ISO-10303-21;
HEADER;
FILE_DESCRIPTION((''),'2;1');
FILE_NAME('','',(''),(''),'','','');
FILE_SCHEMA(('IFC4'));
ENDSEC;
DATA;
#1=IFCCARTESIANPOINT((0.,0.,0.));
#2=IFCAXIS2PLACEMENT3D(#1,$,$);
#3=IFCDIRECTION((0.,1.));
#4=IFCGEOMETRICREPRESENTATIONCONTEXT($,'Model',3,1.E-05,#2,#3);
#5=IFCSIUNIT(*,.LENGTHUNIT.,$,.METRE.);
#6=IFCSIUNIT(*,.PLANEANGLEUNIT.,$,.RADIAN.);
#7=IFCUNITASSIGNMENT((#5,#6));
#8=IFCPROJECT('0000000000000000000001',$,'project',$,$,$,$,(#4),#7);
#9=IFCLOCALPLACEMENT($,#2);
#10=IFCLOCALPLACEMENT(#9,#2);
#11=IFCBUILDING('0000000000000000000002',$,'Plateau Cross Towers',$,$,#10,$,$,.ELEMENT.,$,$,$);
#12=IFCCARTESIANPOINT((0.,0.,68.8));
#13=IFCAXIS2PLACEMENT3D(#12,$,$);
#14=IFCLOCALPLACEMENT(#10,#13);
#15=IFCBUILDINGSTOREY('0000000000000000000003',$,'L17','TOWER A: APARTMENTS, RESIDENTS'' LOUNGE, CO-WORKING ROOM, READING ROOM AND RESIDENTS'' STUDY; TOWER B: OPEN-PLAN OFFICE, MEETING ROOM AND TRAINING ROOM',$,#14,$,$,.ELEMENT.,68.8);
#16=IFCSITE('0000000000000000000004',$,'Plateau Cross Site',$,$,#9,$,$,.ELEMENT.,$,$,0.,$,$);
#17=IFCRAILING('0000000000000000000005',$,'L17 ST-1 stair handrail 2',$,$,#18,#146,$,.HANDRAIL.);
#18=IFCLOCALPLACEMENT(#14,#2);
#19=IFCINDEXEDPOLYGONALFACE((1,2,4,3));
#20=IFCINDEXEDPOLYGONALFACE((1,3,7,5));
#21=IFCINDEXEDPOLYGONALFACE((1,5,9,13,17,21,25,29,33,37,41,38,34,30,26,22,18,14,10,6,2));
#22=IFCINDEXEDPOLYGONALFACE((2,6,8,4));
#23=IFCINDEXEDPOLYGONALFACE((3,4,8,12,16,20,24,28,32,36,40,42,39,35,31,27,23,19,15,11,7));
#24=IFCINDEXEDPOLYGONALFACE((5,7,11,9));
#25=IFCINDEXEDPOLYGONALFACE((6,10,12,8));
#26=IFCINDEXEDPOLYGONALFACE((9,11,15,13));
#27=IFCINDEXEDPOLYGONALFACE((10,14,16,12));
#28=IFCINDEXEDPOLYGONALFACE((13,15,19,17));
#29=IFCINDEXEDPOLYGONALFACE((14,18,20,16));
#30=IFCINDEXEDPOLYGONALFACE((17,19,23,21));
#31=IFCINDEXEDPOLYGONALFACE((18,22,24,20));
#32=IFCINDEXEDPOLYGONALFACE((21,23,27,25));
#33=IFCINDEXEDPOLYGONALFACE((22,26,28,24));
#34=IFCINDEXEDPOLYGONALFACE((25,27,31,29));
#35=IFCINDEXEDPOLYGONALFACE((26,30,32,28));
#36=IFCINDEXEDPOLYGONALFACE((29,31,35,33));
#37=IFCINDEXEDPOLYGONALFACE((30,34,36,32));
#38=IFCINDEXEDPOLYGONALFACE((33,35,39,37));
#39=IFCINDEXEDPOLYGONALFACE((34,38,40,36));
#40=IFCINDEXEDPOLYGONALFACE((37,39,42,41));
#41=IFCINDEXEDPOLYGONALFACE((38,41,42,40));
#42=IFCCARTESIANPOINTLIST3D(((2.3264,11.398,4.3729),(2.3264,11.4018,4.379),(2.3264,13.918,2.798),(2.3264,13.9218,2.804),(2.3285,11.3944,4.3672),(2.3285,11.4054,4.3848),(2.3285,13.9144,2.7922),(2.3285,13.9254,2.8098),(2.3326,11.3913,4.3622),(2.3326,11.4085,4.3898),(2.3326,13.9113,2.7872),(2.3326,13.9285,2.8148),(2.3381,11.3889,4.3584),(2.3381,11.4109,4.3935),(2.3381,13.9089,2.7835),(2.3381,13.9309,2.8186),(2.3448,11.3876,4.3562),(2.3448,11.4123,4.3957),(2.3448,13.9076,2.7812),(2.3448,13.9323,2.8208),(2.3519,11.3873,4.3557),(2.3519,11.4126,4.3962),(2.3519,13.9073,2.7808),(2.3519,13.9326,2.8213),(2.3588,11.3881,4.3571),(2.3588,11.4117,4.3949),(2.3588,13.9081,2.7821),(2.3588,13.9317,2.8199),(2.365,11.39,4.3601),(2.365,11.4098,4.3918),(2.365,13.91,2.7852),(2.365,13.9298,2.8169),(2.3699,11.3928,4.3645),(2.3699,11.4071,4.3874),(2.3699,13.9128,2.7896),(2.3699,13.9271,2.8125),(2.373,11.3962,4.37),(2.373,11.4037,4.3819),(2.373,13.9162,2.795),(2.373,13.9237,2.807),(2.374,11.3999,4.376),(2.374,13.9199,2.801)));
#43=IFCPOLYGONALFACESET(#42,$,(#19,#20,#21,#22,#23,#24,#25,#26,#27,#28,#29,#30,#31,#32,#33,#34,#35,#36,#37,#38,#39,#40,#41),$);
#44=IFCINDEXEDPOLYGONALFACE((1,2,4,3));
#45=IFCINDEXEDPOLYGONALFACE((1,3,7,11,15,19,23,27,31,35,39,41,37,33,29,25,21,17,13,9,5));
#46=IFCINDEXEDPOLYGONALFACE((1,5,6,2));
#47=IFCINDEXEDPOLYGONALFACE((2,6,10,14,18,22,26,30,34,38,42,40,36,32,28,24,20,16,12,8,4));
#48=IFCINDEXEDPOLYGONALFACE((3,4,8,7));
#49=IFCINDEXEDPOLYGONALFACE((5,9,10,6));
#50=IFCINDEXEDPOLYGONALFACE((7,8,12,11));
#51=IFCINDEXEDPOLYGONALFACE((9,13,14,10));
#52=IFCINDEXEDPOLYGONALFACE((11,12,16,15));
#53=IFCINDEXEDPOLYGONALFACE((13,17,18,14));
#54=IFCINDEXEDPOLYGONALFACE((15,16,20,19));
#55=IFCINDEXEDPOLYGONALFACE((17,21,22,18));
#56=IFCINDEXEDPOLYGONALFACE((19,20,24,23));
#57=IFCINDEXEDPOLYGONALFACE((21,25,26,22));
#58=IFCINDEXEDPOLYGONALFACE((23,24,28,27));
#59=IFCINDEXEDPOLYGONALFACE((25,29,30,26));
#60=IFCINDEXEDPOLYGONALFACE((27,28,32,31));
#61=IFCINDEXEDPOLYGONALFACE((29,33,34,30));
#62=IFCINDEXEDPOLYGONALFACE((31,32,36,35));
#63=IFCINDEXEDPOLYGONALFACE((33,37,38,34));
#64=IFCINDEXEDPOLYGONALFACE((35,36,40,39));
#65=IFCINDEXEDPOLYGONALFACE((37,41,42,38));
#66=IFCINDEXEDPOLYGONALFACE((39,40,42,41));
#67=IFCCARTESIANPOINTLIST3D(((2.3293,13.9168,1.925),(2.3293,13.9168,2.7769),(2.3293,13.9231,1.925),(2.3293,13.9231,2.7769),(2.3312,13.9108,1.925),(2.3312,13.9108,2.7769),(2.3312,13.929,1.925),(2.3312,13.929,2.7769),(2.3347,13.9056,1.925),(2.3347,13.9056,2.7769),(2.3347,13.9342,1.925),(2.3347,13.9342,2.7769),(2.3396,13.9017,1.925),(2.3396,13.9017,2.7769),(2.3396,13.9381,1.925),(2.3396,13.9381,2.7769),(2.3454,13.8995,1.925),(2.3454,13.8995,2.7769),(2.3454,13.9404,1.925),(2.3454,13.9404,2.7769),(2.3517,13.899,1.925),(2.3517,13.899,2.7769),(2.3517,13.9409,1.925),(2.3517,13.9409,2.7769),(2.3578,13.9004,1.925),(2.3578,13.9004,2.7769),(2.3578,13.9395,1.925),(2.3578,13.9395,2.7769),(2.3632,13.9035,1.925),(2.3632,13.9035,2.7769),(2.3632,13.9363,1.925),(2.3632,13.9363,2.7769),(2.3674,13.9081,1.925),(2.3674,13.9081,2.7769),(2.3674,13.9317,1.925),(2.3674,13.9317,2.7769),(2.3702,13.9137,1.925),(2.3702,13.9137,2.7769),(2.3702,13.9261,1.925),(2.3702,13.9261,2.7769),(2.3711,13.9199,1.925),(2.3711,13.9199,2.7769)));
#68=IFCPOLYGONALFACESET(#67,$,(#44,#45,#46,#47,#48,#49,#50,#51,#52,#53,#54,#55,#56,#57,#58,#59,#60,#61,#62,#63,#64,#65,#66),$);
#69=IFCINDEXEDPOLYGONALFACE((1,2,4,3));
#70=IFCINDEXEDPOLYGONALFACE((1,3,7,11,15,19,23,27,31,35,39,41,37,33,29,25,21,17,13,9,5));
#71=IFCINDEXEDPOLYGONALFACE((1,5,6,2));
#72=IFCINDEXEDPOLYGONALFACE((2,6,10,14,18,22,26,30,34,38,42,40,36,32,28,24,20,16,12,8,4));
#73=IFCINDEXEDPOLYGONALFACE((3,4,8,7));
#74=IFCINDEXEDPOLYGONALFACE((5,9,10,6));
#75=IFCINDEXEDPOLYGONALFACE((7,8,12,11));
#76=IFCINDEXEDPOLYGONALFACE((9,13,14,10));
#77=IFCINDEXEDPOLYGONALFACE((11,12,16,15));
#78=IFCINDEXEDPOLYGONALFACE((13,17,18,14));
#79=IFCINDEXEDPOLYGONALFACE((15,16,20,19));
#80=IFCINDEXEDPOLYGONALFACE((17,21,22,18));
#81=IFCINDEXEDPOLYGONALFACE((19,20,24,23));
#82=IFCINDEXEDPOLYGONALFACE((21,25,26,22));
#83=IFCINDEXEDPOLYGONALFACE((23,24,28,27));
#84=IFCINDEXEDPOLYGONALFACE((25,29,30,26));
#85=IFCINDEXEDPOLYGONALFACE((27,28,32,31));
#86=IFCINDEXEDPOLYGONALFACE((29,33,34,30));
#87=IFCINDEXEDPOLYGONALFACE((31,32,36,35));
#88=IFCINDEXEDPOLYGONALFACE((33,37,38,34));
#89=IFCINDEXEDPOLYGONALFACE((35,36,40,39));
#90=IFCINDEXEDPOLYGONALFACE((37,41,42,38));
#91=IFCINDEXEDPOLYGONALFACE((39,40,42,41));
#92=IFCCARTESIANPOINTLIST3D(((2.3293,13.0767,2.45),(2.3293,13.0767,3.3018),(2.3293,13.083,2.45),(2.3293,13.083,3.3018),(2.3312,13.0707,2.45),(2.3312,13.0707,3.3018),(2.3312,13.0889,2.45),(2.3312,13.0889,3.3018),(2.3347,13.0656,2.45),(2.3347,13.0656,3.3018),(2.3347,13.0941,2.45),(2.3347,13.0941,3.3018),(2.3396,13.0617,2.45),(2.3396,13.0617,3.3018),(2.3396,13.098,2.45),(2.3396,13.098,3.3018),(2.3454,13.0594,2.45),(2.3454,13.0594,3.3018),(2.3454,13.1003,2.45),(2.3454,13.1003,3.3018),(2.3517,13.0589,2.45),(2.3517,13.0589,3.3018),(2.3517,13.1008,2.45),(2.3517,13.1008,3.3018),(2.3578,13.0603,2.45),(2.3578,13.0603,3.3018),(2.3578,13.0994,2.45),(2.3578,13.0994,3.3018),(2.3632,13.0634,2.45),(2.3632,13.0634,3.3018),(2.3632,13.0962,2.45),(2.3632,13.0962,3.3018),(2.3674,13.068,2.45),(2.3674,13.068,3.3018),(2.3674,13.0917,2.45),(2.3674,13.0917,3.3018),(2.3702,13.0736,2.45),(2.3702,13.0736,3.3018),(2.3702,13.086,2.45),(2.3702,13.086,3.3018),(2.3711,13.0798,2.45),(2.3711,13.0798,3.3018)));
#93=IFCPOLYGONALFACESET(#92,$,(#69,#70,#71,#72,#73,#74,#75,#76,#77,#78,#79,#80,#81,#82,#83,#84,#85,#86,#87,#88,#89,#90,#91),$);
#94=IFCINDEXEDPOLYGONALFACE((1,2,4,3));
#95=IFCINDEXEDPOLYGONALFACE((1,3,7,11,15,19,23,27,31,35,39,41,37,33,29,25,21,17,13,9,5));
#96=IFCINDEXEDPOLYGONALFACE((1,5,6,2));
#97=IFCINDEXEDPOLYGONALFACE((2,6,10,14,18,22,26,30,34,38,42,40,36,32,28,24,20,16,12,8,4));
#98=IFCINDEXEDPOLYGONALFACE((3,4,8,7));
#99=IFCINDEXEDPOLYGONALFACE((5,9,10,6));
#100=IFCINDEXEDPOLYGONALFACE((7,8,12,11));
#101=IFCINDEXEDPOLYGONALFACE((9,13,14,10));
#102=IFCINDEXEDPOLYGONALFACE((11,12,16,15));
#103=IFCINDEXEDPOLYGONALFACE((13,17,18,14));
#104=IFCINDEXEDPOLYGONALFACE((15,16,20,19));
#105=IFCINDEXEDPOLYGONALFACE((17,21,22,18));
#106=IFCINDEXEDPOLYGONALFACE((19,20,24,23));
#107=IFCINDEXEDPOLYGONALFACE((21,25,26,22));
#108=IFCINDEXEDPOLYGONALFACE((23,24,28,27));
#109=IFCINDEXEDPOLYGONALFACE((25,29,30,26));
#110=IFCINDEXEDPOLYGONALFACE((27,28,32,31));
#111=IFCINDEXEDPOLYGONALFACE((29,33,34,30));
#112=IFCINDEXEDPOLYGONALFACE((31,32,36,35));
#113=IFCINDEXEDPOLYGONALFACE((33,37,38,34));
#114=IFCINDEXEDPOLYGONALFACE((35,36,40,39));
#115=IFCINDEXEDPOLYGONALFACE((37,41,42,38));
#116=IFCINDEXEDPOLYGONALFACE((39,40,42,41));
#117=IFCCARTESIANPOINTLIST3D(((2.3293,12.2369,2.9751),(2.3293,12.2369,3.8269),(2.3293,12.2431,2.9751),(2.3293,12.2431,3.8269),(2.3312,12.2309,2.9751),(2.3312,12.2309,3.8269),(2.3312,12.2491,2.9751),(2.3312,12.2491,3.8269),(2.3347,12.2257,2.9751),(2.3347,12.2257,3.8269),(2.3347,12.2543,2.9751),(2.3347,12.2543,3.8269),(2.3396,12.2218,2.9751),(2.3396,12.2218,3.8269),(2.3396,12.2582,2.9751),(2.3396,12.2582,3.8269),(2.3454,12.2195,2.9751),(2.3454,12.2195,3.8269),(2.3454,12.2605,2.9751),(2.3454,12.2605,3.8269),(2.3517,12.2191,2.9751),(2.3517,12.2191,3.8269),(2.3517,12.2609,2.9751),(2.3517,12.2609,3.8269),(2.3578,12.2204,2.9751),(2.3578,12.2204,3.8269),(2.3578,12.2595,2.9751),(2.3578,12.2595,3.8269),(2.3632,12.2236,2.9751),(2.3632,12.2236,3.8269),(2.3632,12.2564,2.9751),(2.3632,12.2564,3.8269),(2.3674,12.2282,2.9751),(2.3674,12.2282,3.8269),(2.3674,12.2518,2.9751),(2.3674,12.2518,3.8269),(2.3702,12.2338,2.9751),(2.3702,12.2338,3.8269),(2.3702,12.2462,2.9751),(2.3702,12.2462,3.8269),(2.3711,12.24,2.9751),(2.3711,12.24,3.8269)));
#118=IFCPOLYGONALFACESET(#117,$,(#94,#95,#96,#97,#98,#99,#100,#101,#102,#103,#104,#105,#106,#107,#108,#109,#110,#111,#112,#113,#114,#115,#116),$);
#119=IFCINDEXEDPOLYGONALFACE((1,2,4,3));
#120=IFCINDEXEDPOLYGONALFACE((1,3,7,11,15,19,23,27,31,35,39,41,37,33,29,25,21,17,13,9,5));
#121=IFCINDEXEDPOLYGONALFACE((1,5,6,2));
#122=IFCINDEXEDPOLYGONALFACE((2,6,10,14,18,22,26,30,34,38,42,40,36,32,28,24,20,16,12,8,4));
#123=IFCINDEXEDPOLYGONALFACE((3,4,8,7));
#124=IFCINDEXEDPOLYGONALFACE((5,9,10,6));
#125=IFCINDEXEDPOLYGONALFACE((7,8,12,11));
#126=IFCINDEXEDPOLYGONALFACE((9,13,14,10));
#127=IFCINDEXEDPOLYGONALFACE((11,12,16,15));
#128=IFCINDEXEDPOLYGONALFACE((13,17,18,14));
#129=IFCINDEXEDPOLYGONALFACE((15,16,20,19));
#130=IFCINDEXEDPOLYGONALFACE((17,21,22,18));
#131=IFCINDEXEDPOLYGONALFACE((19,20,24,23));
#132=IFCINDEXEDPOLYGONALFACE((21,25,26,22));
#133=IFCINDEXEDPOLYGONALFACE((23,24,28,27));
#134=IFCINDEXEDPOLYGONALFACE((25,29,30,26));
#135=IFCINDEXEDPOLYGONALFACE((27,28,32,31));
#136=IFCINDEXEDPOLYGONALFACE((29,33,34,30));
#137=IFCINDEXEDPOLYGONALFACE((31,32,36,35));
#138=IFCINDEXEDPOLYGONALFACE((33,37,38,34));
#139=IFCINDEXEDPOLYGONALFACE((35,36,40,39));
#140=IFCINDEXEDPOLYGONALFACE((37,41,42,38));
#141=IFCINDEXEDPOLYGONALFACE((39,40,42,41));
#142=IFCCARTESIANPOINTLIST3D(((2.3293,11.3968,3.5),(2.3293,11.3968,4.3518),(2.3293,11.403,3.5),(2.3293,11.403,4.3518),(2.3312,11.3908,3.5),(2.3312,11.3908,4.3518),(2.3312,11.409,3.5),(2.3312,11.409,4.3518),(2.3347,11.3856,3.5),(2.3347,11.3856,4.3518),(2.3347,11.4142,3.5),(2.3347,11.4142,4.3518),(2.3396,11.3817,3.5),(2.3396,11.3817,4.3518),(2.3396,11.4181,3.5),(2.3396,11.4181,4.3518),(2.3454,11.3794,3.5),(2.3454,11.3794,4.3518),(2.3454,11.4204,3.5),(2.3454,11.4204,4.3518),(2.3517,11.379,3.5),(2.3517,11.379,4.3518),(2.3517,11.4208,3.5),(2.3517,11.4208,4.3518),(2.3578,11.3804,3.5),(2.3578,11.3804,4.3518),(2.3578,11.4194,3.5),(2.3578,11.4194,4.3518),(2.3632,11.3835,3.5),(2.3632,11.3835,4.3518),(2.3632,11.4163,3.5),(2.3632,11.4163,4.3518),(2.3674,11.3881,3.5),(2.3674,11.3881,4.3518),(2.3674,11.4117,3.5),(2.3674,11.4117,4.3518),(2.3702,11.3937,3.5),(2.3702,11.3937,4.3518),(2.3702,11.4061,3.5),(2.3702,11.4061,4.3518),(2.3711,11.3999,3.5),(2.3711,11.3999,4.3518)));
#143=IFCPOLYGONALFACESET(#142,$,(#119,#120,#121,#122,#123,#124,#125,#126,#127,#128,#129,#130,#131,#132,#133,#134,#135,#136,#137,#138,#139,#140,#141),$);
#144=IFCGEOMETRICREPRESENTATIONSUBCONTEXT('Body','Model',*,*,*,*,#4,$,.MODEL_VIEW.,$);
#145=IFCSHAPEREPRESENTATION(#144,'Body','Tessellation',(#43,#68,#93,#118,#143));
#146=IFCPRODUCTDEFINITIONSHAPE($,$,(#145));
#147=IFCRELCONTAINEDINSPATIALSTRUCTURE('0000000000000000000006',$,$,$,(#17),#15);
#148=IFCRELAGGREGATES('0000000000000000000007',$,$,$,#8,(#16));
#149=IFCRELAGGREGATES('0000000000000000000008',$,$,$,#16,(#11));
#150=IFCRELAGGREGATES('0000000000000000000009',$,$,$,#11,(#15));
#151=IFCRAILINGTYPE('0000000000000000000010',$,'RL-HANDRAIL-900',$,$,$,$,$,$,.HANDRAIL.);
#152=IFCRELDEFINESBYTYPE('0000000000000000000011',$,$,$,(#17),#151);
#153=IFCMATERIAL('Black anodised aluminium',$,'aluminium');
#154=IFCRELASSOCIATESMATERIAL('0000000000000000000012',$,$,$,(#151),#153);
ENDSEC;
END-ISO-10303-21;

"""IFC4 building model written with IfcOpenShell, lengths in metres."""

from ifc_helpers import new_model, si_unit, direction, frame, origin, origin_2d, place, context, subcontext, project, spatial, circle, extrude, material, type_object, element, save


model = new_model("IFC4")

# Units and contexts
model_context = context("Model", 3, precision=1e-05, world=origin(), true_north=direction((0.0, 1.0)))
body_context = subcontext(model_context, "Body", "Model", "MODEL_VIEW")
ifc_project = project(units=[si_unit("LENGTHUNIT", "METRE"), si_unit("PLANEANGLEUNIT", "RADIAN")], contexts=[model_context])

# Site, building, storey
site_placement = place(None, origin())
site = spatial("IfcSite", under=ifc_project, at=site_placement, Name="Plateau Cross Site", CompositionType="ELEMENT", RefElevation=0.0)
building_placement = place(site_placement, origin())
building = spatial("IfcBuilding", under=site, at=building_placement, Name="Plateau Cross Towers", CompositionType="ELEMENT")
storey_placement = place(building_placement, frame((0.0, 0.0, 68.8)))
storey = spatial("IfcBuildingStorey", under=building, at=storey_placement, Name="L17", Description="TOWER A: APARTMENTS, RESIDENTS' LOUNGE, CO-WORKING ROOM, READING ROOM AND RESIDENTS' STUDY; TOWER B: OPEN-PLAN OFFICE, MEETING ROOM AND TRAINING ROOM", CompositionType="ELEMENT", Elevation=68.8)

# Shared definitions
ifc_material_1 = material(Name="Black anodised aluminium", Category="aluminium")

# Railing
railing_type_1 = type_object("IfcRailingType", Name="RL-HANDRAIL-900", PredefinedType="HANDRAIL", material=ifc_material_1)
railing_1_placement = place(storey_placement, frame((2.3501, 13.9199, 1.925)))
element("IfcRailing", 1, at=railing_1_placement, inside=storey, type_object=railing_type_1, Name="L17 ST-1 stair handrail 2", PredefinedType="HANDRAIL", context=body_context, shape_type="SweptSolid", body=[
    extrude(circle(Radius=0.0239, at=origin_2d()), frame((0.0, 0.0, 0.876), z_axis=(0.0, -0.848008, 0.529984), x_axis=(1.0, 0.0, 0.0)), (0.0, 0.0, 1.0), 2.9717),
    extrude(circle(Radius=0.021, at=origin_2d()), origin(), (0.0, 0.0, 1.0), 0.8518),
    extrude(circle(Radius=0.021, at=origin_2d()), frame((0.0, -0.8401, 0.5249)), (0.0, 0.0, 1.0), 0.8518),
    extrude(circle(Radius=0.021, at=origin_2d()), frame((0.0, -1.6799, 1.05)), (0.0, 0.0, 1.0), 0.8518),
    extrude(circle(Radius=0.021, at=origin_2d()), frame((0.0, -2.52, 1.575)), (0.0, 0.0, 1.0), 0.8518),
])

save(model, "model.ifc")
